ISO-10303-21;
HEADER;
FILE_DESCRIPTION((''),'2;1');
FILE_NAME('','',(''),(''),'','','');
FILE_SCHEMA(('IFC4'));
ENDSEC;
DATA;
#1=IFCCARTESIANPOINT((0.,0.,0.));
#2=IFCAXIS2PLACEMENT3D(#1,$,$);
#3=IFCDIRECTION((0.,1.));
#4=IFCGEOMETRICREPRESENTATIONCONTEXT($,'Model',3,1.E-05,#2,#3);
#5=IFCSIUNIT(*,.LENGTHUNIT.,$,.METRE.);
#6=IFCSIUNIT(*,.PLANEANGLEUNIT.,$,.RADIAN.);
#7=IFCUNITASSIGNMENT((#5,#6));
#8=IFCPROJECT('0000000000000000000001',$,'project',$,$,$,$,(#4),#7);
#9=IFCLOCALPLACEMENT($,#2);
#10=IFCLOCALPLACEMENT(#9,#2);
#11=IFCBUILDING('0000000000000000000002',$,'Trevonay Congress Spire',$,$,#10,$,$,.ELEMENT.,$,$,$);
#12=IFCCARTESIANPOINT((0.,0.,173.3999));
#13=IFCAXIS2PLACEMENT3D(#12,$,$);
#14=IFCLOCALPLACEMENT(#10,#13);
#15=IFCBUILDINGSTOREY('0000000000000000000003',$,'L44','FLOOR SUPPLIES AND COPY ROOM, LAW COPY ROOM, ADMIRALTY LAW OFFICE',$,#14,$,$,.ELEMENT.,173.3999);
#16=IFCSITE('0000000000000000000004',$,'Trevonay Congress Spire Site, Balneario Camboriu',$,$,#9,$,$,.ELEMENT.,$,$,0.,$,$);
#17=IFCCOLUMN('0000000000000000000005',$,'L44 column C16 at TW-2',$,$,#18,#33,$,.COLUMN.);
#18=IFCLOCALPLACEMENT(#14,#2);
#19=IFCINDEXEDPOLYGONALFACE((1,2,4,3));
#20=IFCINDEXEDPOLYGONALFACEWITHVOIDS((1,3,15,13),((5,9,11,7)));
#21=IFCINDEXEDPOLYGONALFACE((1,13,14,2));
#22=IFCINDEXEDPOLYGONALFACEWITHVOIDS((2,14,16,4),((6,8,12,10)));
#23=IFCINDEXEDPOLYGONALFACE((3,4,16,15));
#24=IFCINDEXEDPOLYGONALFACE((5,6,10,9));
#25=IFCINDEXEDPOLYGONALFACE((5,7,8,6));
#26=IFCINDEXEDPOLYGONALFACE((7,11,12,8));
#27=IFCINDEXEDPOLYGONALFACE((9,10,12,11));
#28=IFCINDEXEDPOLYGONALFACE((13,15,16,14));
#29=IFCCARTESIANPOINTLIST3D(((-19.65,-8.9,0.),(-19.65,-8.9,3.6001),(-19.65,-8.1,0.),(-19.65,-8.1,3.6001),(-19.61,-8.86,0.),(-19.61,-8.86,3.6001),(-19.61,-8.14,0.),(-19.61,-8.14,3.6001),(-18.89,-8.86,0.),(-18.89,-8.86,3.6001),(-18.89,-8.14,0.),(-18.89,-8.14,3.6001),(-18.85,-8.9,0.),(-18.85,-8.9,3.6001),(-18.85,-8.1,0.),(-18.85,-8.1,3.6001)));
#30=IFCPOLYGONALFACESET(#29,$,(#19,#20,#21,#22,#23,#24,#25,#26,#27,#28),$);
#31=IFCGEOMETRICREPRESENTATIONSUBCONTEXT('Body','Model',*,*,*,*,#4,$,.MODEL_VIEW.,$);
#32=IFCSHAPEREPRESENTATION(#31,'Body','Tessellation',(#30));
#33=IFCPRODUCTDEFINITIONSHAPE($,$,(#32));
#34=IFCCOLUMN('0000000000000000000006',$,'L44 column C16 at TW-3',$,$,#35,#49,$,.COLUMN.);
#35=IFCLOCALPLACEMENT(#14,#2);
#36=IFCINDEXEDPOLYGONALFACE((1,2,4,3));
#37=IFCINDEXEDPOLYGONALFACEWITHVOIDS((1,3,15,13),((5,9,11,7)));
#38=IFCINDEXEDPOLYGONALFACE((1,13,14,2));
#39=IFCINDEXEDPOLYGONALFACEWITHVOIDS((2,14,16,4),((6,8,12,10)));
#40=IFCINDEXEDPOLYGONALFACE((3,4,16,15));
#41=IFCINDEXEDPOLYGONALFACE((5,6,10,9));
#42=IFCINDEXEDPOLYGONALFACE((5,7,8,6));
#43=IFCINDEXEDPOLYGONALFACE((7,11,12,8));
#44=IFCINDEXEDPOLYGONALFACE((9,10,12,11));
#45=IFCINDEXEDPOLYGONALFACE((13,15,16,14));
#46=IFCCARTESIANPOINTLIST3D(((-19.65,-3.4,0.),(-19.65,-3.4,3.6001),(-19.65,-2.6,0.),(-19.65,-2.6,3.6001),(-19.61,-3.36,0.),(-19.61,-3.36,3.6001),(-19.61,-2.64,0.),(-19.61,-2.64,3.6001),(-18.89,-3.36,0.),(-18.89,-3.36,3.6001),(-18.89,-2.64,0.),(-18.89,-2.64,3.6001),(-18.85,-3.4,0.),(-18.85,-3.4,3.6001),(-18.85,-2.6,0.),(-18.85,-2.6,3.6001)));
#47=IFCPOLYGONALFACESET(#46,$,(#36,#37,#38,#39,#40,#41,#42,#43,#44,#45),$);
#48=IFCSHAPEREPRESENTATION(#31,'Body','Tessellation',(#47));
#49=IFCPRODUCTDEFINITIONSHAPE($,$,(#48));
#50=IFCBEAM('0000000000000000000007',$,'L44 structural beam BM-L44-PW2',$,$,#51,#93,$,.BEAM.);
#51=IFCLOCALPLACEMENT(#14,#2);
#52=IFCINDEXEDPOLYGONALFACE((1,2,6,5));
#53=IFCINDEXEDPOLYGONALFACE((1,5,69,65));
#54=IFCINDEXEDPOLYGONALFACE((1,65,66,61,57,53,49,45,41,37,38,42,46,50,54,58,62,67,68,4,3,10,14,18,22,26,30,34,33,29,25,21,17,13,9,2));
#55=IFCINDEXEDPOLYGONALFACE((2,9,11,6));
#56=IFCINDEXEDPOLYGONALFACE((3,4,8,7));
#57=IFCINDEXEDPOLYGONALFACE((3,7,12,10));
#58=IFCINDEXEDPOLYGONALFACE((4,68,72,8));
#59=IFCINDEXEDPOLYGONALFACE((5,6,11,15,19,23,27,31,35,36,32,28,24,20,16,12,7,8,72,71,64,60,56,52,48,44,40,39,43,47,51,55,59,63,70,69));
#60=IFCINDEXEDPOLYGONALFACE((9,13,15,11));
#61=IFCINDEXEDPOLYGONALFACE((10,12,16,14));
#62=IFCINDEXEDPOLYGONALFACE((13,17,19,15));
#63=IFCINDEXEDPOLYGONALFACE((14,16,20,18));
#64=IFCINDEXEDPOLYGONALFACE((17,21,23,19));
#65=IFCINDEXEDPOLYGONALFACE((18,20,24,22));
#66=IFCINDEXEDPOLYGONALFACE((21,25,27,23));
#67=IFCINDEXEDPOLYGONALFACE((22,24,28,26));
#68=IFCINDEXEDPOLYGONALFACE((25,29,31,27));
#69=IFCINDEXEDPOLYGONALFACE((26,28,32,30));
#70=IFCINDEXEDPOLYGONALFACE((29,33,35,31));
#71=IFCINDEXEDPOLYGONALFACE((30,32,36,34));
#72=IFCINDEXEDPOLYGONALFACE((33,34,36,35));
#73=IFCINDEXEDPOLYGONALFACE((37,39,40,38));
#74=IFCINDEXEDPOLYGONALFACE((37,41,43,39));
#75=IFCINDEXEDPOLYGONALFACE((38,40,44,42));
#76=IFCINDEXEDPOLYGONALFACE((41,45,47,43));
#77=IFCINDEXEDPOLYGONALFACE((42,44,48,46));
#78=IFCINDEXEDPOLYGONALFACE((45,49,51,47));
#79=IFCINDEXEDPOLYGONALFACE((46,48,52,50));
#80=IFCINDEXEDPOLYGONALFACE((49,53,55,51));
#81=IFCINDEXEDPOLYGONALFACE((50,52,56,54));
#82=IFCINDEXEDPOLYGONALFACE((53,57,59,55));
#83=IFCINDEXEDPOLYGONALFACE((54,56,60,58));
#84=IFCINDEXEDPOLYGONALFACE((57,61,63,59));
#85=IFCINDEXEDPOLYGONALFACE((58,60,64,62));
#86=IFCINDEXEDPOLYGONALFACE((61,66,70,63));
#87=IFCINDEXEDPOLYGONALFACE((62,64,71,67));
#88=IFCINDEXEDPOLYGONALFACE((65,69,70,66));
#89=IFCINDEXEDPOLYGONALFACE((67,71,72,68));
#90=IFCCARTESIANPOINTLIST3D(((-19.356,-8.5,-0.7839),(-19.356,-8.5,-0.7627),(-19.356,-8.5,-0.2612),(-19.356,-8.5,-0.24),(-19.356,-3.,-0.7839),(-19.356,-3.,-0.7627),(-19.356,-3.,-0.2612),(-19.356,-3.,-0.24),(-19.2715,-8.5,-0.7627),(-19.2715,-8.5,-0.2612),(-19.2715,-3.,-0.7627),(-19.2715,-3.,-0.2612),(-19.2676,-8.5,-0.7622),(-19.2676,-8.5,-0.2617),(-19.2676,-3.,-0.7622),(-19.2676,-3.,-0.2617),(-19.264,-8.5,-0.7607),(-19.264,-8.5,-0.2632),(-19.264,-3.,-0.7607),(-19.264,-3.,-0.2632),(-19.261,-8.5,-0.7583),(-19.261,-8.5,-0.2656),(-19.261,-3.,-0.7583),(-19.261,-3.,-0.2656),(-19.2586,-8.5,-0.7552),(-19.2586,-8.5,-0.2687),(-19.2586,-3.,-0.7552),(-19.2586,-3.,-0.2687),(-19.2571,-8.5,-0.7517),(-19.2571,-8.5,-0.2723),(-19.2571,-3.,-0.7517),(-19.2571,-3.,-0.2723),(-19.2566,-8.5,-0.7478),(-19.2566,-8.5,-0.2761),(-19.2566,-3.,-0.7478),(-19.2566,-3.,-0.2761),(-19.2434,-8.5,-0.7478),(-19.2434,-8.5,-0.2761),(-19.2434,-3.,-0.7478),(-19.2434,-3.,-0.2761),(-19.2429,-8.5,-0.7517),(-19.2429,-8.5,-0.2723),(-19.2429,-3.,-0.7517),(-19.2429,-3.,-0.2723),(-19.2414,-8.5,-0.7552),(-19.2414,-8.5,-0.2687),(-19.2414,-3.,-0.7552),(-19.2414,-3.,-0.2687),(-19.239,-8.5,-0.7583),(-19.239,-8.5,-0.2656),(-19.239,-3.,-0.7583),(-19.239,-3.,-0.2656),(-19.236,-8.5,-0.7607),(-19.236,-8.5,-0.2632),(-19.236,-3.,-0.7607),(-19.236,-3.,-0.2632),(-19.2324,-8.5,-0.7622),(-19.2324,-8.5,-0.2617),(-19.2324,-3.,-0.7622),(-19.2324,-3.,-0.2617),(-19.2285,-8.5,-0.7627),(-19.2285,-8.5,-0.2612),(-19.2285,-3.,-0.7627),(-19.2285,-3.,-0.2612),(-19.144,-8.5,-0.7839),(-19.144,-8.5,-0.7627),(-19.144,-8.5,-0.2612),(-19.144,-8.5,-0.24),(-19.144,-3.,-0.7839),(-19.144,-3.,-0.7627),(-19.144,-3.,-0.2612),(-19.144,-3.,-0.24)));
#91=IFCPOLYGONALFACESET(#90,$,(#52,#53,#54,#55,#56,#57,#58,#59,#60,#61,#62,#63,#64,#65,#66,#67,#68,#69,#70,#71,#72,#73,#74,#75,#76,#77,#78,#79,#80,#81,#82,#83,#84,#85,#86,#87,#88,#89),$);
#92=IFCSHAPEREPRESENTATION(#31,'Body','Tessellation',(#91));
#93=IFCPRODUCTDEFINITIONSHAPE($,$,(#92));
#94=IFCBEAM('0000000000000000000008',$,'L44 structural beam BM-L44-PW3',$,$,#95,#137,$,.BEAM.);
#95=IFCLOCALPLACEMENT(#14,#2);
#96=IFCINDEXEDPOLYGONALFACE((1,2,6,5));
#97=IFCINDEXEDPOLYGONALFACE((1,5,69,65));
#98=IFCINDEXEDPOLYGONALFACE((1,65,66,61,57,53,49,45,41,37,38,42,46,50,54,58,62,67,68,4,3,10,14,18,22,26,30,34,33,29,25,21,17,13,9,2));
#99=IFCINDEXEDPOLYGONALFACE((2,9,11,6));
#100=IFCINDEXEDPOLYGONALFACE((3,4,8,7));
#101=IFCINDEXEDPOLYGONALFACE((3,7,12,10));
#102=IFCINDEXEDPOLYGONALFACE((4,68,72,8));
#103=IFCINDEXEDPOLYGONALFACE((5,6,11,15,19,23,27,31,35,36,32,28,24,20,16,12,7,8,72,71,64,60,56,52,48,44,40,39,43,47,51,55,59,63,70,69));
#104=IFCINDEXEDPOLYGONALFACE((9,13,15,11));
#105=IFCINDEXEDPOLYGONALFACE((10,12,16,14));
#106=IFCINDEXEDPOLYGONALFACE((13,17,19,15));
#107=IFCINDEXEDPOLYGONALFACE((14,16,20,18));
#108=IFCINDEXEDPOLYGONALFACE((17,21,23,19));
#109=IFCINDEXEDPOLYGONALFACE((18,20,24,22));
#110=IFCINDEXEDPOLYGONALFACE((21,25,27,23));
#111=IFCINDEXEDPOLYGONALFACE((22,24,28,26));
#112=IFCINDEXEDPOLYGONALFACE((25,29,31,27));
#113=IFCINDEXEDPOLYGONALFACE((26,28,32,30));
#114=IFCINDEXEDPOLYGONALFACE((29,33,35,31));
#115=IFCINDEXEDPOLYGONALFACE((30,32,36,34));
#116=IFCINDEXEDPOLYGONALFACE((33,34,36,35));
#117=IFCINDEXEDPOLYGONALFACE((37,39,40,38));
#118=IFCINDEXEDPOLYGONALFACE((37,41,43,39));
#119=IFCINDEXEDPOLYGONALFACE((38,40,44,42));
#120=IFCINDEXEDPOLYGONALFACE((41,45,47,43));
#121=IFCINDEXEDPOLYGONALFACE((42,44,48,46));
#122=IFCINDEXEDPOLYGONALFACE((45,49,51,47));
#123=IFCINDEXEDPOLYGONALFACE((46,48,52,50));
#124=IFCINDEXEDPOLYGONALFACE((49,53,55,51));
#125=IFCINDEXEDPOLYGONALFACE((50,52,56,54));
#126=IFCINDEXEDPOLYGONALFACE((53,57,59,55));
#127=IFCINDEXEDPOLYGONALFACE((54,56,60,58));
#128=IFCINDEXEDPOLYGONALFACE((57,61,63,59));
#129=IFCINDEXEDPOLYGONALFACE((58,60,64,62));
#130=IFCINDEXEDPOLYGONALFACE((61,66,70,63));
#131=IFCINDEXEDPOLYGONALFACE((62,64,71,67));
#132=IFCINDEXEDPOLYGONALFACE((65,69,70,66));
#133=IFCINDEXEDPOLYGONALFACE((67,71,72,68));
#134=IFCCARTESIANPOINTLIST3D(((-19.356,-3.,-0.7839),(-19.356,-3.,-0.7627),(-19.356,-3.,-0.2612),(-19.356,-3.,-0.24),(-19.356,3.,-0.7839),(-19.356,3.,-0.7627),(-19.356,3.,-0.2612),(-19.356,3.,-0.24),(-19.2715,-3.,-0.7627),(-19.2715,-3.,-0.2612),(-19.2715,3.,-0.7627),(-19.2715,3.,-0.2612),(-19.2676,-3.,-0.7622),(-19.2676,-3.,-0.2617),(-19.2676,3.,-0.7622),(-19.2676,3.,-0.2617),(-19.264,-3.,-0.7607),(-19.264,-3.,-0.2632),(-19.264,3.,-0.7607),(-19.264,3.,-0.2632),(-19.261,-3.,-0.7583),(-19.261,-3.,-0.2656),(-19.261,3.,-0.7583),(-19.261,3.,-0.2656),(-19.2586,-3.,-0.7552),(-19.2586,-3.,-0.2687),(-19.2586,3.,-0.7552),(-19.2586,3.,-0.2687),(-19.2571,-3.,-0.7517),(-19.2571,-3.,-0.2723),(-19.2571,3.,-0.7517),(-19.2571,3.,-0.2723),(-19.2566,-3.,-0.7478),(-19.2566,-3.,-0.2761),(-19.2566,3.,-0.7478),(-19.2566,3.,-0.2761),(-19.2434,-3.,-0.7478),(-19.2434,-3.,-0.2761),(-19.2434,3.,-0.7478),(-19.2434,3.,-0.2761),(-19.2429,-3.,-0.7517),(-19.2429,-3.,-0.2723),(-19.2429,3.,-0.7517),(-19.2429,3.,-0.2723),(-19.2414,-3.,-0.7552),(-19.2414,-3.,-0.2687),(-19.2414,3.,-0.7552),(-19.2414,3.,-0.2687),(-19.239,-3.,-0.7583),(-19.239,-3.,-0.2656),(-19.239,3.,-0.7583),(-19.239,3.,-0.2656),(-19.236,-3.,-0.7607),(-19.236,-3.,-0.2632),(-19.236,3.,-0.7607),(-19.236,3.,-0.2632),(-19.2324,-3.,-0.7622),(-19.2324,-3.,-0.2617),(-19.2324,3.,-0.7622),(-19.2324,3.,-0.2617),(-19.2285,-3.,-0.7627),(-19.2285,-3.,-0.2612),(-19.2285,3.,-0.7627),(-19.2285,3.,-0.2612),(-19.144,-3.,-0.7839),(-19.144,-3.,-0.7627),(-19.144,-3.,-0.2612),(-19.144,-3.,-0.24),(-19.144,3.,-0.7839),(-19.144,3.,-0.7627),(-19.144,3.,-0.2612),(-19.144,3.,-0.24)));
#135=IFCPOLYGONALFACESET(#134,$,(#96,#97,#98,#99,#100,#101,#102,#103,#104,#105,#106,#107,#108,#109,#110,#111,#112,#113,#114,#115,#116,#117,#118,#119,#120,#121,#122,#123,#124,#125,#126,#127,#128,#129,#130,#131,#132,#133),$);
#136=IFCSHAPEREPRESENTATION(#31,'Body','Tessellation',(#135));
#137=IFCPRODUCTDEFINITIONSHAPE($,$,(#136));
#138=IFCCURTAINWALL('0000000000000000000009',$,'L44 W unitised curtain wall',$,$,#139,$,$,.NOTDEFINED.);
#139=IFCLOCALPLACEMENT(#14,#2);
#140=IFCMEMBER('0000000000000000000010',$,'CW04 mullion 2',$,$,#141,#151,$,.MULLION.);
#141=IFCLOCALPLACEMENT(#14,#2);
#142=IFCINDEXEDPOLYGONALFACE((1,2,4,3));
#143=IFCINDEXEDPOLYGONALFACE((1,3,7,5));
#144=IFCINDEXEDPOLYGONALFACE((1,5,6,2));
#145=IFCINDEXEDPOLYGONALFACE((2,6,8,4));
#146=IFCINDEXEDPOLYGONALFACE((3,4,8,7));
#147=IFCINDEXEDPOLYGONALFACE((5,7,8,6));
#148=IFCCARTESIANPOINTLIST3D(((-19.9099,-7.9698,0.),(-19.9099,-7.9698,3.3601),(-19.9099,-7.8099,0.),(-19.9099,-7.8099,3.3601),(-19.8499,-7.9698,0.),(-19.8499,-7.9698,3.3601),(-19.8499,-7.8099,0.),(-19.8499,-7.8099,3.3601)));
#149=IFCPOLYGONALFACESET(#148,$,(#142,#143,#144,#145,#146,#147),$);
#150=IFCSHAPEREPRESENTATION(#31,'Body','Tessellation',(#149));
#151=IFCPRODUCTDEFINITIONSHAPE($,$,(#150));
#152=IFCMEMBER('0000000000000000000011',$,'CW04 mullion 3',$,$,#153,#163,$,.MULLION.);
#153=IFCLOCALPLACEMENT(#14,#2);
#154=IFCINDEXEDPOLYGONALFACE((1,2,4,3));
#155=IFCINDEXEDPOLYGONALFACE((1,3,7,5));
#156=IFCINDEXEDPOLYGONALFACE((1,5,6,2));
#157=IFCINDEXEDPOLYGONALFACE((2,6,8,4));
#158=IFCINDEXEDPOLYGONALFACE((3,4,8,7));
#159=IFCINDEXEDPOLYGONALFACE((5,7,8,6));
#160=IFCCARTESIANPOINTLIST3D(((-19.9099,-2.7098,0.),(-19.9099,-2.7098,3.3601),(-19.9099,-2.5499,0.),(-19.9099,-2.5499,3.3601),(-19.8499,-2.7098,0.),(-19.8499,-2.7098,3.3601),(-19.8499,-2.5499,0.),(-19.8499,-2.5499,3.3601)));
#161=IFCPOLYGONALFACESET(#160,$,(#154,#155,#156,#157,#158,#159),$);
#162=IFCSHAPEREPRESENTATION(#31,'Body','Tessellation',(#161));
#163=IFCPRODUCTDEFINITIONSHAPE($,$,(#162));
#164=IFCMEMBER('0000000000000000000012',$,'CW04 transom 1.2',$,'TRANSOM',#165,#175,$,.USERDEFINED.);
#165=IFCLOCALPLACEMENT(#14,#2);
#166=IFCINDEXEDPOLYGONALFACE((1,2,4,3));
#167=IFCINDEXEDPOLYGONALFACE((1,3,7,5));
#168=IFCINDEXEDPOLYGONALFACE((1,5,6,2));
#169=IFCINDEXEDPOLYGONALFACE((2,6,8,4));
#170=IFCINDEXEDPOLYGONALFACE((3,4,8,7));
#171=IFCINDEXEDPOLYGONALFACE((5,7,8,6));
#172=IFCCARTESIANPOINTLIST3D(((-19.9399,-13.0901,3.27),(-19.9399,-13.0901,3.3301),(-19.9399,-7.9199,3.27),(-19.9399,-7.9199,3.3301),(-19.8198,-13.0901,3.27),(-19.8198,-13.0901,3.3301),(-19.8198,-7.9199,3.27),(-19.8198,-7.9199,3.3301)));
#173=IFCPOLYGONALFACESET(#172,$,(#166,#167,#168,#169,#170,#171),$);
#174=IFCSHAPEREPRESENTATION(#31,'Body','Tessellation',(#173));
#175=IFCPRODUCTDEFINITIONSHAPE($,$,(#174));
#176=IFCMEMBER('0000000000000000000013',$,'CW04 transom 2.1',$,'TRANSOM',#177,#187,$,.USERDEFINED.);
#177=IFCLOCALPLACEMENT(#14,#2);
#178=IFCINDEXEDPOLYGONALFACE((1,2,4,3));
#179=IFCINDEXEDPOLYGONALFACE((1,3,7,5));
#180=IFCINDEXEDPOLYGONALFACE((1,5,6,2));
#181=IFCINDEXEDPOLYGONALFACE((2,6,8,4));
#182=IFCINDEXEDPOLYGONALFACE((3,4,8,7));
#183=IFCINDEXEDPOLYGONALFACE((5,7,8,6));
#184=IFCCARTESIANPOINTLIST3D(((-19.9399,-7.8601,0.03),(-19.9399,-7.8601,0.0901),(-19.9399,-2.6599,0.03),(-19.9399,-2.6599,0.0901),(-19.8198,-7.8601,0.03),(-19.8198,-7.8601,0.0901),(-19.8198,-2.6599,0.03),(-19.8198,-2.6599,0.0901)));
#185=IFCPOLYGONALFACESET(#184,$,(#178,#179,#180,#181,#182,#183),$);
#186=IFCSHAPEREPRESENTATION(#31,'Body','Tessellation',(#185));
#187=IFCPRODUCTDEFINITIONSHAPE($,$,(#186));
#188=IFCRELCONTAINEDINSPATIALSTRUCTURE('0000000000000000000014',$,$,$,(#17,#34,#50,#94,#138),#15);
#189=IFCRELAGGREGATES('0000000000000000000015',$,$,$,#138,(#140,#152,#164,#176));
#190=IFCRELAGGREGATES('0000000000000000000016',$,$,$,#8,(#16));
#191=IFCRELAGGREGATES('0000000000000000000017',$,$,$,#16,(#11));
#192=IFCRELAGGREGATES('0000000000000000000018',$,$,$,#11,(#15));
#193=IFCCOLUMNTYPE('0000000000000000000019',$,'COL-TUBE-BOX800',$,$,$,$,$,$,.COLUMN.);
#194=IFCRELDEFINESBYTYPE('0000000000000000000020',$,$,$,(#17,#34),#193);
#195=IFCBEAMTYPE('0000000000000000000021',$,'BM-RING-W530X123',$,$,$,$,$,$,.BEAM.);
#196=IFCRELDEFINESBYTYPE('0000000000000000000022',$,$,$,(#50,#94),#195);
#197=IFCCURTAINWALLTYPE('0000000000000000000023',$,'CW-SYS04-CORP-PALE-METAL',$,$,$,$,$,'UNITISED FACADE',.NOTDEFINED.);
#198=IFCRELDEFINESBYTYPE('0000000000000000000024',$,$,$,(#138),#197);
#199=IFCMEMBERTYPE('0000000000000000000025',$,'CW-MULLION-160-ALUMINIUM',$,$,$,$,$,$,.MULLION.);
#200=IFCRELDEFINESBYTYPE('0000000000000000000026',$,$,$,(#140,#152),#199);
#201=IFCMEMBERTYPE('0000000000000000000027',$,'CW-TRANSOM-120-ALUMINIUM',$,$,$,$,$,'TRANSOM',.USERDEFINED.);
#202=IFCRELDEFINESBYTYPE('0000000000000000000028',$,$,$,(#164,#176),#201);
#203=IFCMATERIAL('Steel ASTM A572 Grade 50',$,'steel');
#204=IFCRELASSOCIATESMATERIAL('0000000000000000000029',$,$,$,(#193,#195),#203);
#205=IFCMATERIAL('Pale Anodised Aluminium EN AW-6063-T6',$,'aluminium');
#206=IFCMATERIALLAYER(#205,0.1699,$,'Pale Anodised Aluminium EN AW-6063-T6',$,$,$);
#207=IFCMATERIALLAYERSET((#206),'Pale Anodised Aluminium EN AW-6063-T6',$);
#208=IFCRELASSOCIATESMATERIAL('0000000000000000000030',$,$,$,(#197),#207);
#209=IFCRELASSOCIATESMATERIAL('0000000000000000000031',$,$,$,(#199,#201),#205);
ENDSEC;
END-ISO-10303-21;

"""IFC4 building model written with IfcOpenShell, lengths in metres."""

from ifc_helpers import new_model, si_unit, direction, frame, origin, origin_2d, place, context, subcontext, project, spatial, rectangle, hollow_rectangle, i_section, extrude, material, layer, layer_set, material_profile, profile_set, type_object, element, aggregate, save


model = new_model("IFC4")

# Units and contexts
model_context = context("Model", 3, precision=1e-05, world=origin(), true_north=direction((0.0, 1.0)))
body_context = subcontext(model_context, "Body", "Model", "MODEL_VIEW")
ifc_project = project(units=[si_unit("LENGTHUNIT", "METRE"), si_unit("PLANEANGLEUNIT", "RADIAN")], contexts=[model_context])

# Site, building, storey
site_placement = place(None, origin())
site = spatial("IfcSite", under=ifc_project, at=site_placement, Name="Trevonay Congress Spire Site, Balneario Camboriu", CompositionType="ELEMENT", RefElevation=0.0)
building_placement = place(site_placement, origin())
building = spatial("IfcBuilding", under=site, at=building_placement, Name="Trevonay Congress Spire", CompositionType="ELEMENT")
storey_placement = place(building_placement, frame((0.0, 0.0, 173.3999)))
storey = spatial("IfcBuildingStorey", under=building, at=storey_placement, Name="L44", Description="FLOOR SUPPLIES AND COPY ROOM, LAW COPY ROOM, ADMIRALTY LAW OFFICE", CompositionType="ELEMENT", Elevation=173.3999)

# Columns
ifc_material_1 = material(Name="Steel ASTM A572 Grade 50", Category="steel")
ifc_material_profile_1 = material_profile(ifc_material_1, hollow_rectangle(XDim=0.8, YDim=0.8, WallThickness=0.04, at=origin_2d()), Name="BOX 800x800x40")
ifc_profile_set_1 = profile_set([ifc_material_profile_1], Name="Steel ASTM A572 Grade 50")
column_type = type_object("IfcColumnType", Name="COL-TUBE-BOX800", PredefinedType="COLUMN", material=ifc_profile_set_1)
for number, where, z_axis, x_axis, name in (
    (1, (-19.25, -8.5, 0.0), (0.0, 0.0, 1.0), (1.0, 0.0, 0.0), "L44 column C16 at TW-2"),
    (2, (-19.25, -3.0, 0.0), (0.0, 0.0, 1.0), (1.0, 0.0, 0.0), "L44 column C16 at TW-3"),
):
    element("IfcColumn", number, at=place(storey_placement, frame(where, z_axis=z_axis, x_axis=x_axis)), inside=storey, type_object=column_type, Name=name, PredefinedType="COLUMN", context=body_context, shape_type="SweptSolid", body=[
        extrude(hollow_rectangle(XDim=0.8, YDim=0.8, WallThickness=0.04, at=origin_2d()), origin(), (0.0, 0.0, 1.0), 3.6001),
    ])

# Beams
ifc_material_profile_2 = material_profile(ifc_material_1, i_section(OverallWidth=0.2119, OverallDepth=0.5439, WebThickness=0.0132, FlangeThickness=0.0212, FilletRadius=0.0149, at=origin_2d()), Name="W530x123")
ifc_profile_set_2 = profile_set([ifc_material_profile_2], Name="Steel ASTM A572 Grade 50")
beam_type = type_object("IfcBeamType", Name="BM-RING-W530X123", PredefinedType="BEAM", material=ifc_profile_set_2)
beam_1_placement = place(storey_placement, frame((-19.25, -8.5, -0.512), z_axis=(0.0, 1.0, 0.0), x_axis=(-1.0, 0.0, 0.0)))
element("IfcBeam", 3, at=beam_1_placement, inside=storey, type_object=beam_type, Name="L44 structural beam BM-L44-PW2", PredefinedType="BEAM", context=body_context, shape_type="SweptSolid", body=[
    extrude(i_section(OverallWidth=0.2119, OverallDepth=0.5439, WebThickness=0.0132, FlangeThickness=0.0212, FilletRadius=0.0149, at=origin_2d()), origin(), (0.0, 0.0, 1.0), 5.5),
])
beam_2_placement = place(storey_placement, frame((-19.25, -3.0, -0.512), z_axis=(0.0, 1.0, 0.0), x_axis=(-1.0, 0.0, 0.0)))
element("IfcBeam", 4, at=beam_2_placement, inside=storey, type_object=beam_type, Name="L44 structural beam BM-L44-PW3", PredefinedType="BEAM", context=body_context, shape_type="SweptSolid", body=[
    extrude(i_section(OverallWidth=0.2119, OverallDepth=0.5439, WebThickness=0.0132, FlangeThickness=0.0212, FilletRadius=0.0149, at=origin_2d()), origin(), (0.0, 0.0, 1.0), 6.0),
])

# Curtain wall, members
ifc_material_2 = material(Name="Pale Anodised Aluminium EN AW-6063-T6", Category="aluminium")
ifc_layer_1 = layer(ifc_material_2, 0.1699, Name="Pale Anodised Aluminium EN AW-6063-T6")
ifc_layer_set_1 = layer_set([ifc_layer_1], Name="Pale Anodised Aluminium EN AW-6063-T6")
curtain_wall_type = type_object("IfcCurtainWallType", Name="CW-SYS04-CORP-PALE-METAL", ElementType="UNITISED FACADE", PredefinedType="NOTDEFINED", material=ifc_layer_set_1)
curtain_wall_placement = place(storey_placement, origin())
curtain_wall = element("IfcCurtainWall", 5, at=curtain_wall_placement, inside=storey, type_object=curtain_wall_type, Name="L44 W unitised curtain wall", PredefinedType="NOTDEFINED")
ifc_material_profile_3 = material_profile(ifc_material_2, rectangle(XDim=0.0601, YDim=0.1599, at=origin_2d()), Name="CW-MULLION-160-ALUMINIUM")
ifc_profile_set_3 = profile_set([ifc_material_profile_3], Name="Pale Anodised Aluminium EN AW-6063-T6")
member_type_1 = type_object("IfcMemberType", Name="CW-MULLION-160-ALUMINIUM", PredefinedType="MULLION", material=ifc_profile_set_3)
member_1_placement = place(storey_placement, frame((-19.8799, -7.8899, 0.0), z_axis=(0.0, 0.0, 1.0), x_axis=(-1.0, 0.0, 0.0)))
member_1 = element("IfcMember", 6, at=member_1_placement, type_object=member_type_1, Name="CW04 mullion 2", PredefinedType="MULLION", context=body_context, shape_type="SweptSolid", body=[
    extrude(rectangle(XDim=0.0601, YDim=0.1599, at=origin_2d()), origin(), (0.0, 0.0, 1.0), 3.3601),
])
member_2_placement = place(storey_placement, frame((-19.8799, -2.6299, 0.0), z_axis=(0.0, 0.0, 1.0), x_axis=(-1.0, 0.0, 0.0)))
member_2 = element("IfcMember", 7, at=member_2_placement, type_object=member_type_1, Name="CW04 mullion 3", PredefinedType="MULLION", context=body_context, shape_type="SweptSolid", body=[
    extrude(rectangle(XDim=0.0601, YDim=0.1599, at=origin_2d()), origin(), (0.0, 0.0, 1.0), 3.3601),
])
ifc_material_profile_4 = material_profile(ifc_material_2, rectangle(XDim=0.1201, YDim=0.0601, at=origin_2d()), Name="CW-TRANSOM-120-ALUMINIUM")
ifc_profile_set_4 = profile_set([ifc_material_profile_4], Name="Pale Anodised Aluminium EN AW-6063-T6")
member_type_2 = type_object("IfcMemberType", Name="CW-TRANSOM-120-ALUMINIUM", ElementType="TRANSOM", PredefinedType="USERDEFINED", material=ifc_profile_set_4)
member_3_placement = place(storey_placement, frame((-19.8799, -13.0901, 3.3), z_axis=(0.0, 1.0, 0.0), x_axis=(-1.0, 0.0, 0.0)))
member_3 = element("IfcMember", 8, at=member_3_placement, type_object=member_type_2, Name="CW04 transom 1.2", ObjectType="TRANSOM", PredefinedType="USERDEFINED", context=body_context, shape_type="SweptSolid", body=[
    extrude(rectangle(XDim=0.1201, YDim=0.0601, at=origin_2d()), origin(), (0.0, 0.0, 1.0), 5.1702),
])
member_4_placement = place(storey_placement, frame((-19.8799, -7.8601, 0.0601), z_axis=(0.0, 1.0, 0.0), x_axis=(-1.0, 0.0, 0.0)))
member_4 = element("IfcMember", 9, at=member_4_placement, type_object=member_type_2, Name="CW04 transom 2.1", ObjectType="TRANSOM", PredefinedType="USERDEFINED", context=body_context, shape_type="SweptSolid", body=[
    extrude(rectangle(XDim=0.1201, YDim=0.0601, at=origin_2d()), origin(), (0.0, 0.0, 1.0), 5.2002),
])
aggregate(curtain_wall, [member_1, member_2, member_3, member_4])

save(model, "model.ifc")
